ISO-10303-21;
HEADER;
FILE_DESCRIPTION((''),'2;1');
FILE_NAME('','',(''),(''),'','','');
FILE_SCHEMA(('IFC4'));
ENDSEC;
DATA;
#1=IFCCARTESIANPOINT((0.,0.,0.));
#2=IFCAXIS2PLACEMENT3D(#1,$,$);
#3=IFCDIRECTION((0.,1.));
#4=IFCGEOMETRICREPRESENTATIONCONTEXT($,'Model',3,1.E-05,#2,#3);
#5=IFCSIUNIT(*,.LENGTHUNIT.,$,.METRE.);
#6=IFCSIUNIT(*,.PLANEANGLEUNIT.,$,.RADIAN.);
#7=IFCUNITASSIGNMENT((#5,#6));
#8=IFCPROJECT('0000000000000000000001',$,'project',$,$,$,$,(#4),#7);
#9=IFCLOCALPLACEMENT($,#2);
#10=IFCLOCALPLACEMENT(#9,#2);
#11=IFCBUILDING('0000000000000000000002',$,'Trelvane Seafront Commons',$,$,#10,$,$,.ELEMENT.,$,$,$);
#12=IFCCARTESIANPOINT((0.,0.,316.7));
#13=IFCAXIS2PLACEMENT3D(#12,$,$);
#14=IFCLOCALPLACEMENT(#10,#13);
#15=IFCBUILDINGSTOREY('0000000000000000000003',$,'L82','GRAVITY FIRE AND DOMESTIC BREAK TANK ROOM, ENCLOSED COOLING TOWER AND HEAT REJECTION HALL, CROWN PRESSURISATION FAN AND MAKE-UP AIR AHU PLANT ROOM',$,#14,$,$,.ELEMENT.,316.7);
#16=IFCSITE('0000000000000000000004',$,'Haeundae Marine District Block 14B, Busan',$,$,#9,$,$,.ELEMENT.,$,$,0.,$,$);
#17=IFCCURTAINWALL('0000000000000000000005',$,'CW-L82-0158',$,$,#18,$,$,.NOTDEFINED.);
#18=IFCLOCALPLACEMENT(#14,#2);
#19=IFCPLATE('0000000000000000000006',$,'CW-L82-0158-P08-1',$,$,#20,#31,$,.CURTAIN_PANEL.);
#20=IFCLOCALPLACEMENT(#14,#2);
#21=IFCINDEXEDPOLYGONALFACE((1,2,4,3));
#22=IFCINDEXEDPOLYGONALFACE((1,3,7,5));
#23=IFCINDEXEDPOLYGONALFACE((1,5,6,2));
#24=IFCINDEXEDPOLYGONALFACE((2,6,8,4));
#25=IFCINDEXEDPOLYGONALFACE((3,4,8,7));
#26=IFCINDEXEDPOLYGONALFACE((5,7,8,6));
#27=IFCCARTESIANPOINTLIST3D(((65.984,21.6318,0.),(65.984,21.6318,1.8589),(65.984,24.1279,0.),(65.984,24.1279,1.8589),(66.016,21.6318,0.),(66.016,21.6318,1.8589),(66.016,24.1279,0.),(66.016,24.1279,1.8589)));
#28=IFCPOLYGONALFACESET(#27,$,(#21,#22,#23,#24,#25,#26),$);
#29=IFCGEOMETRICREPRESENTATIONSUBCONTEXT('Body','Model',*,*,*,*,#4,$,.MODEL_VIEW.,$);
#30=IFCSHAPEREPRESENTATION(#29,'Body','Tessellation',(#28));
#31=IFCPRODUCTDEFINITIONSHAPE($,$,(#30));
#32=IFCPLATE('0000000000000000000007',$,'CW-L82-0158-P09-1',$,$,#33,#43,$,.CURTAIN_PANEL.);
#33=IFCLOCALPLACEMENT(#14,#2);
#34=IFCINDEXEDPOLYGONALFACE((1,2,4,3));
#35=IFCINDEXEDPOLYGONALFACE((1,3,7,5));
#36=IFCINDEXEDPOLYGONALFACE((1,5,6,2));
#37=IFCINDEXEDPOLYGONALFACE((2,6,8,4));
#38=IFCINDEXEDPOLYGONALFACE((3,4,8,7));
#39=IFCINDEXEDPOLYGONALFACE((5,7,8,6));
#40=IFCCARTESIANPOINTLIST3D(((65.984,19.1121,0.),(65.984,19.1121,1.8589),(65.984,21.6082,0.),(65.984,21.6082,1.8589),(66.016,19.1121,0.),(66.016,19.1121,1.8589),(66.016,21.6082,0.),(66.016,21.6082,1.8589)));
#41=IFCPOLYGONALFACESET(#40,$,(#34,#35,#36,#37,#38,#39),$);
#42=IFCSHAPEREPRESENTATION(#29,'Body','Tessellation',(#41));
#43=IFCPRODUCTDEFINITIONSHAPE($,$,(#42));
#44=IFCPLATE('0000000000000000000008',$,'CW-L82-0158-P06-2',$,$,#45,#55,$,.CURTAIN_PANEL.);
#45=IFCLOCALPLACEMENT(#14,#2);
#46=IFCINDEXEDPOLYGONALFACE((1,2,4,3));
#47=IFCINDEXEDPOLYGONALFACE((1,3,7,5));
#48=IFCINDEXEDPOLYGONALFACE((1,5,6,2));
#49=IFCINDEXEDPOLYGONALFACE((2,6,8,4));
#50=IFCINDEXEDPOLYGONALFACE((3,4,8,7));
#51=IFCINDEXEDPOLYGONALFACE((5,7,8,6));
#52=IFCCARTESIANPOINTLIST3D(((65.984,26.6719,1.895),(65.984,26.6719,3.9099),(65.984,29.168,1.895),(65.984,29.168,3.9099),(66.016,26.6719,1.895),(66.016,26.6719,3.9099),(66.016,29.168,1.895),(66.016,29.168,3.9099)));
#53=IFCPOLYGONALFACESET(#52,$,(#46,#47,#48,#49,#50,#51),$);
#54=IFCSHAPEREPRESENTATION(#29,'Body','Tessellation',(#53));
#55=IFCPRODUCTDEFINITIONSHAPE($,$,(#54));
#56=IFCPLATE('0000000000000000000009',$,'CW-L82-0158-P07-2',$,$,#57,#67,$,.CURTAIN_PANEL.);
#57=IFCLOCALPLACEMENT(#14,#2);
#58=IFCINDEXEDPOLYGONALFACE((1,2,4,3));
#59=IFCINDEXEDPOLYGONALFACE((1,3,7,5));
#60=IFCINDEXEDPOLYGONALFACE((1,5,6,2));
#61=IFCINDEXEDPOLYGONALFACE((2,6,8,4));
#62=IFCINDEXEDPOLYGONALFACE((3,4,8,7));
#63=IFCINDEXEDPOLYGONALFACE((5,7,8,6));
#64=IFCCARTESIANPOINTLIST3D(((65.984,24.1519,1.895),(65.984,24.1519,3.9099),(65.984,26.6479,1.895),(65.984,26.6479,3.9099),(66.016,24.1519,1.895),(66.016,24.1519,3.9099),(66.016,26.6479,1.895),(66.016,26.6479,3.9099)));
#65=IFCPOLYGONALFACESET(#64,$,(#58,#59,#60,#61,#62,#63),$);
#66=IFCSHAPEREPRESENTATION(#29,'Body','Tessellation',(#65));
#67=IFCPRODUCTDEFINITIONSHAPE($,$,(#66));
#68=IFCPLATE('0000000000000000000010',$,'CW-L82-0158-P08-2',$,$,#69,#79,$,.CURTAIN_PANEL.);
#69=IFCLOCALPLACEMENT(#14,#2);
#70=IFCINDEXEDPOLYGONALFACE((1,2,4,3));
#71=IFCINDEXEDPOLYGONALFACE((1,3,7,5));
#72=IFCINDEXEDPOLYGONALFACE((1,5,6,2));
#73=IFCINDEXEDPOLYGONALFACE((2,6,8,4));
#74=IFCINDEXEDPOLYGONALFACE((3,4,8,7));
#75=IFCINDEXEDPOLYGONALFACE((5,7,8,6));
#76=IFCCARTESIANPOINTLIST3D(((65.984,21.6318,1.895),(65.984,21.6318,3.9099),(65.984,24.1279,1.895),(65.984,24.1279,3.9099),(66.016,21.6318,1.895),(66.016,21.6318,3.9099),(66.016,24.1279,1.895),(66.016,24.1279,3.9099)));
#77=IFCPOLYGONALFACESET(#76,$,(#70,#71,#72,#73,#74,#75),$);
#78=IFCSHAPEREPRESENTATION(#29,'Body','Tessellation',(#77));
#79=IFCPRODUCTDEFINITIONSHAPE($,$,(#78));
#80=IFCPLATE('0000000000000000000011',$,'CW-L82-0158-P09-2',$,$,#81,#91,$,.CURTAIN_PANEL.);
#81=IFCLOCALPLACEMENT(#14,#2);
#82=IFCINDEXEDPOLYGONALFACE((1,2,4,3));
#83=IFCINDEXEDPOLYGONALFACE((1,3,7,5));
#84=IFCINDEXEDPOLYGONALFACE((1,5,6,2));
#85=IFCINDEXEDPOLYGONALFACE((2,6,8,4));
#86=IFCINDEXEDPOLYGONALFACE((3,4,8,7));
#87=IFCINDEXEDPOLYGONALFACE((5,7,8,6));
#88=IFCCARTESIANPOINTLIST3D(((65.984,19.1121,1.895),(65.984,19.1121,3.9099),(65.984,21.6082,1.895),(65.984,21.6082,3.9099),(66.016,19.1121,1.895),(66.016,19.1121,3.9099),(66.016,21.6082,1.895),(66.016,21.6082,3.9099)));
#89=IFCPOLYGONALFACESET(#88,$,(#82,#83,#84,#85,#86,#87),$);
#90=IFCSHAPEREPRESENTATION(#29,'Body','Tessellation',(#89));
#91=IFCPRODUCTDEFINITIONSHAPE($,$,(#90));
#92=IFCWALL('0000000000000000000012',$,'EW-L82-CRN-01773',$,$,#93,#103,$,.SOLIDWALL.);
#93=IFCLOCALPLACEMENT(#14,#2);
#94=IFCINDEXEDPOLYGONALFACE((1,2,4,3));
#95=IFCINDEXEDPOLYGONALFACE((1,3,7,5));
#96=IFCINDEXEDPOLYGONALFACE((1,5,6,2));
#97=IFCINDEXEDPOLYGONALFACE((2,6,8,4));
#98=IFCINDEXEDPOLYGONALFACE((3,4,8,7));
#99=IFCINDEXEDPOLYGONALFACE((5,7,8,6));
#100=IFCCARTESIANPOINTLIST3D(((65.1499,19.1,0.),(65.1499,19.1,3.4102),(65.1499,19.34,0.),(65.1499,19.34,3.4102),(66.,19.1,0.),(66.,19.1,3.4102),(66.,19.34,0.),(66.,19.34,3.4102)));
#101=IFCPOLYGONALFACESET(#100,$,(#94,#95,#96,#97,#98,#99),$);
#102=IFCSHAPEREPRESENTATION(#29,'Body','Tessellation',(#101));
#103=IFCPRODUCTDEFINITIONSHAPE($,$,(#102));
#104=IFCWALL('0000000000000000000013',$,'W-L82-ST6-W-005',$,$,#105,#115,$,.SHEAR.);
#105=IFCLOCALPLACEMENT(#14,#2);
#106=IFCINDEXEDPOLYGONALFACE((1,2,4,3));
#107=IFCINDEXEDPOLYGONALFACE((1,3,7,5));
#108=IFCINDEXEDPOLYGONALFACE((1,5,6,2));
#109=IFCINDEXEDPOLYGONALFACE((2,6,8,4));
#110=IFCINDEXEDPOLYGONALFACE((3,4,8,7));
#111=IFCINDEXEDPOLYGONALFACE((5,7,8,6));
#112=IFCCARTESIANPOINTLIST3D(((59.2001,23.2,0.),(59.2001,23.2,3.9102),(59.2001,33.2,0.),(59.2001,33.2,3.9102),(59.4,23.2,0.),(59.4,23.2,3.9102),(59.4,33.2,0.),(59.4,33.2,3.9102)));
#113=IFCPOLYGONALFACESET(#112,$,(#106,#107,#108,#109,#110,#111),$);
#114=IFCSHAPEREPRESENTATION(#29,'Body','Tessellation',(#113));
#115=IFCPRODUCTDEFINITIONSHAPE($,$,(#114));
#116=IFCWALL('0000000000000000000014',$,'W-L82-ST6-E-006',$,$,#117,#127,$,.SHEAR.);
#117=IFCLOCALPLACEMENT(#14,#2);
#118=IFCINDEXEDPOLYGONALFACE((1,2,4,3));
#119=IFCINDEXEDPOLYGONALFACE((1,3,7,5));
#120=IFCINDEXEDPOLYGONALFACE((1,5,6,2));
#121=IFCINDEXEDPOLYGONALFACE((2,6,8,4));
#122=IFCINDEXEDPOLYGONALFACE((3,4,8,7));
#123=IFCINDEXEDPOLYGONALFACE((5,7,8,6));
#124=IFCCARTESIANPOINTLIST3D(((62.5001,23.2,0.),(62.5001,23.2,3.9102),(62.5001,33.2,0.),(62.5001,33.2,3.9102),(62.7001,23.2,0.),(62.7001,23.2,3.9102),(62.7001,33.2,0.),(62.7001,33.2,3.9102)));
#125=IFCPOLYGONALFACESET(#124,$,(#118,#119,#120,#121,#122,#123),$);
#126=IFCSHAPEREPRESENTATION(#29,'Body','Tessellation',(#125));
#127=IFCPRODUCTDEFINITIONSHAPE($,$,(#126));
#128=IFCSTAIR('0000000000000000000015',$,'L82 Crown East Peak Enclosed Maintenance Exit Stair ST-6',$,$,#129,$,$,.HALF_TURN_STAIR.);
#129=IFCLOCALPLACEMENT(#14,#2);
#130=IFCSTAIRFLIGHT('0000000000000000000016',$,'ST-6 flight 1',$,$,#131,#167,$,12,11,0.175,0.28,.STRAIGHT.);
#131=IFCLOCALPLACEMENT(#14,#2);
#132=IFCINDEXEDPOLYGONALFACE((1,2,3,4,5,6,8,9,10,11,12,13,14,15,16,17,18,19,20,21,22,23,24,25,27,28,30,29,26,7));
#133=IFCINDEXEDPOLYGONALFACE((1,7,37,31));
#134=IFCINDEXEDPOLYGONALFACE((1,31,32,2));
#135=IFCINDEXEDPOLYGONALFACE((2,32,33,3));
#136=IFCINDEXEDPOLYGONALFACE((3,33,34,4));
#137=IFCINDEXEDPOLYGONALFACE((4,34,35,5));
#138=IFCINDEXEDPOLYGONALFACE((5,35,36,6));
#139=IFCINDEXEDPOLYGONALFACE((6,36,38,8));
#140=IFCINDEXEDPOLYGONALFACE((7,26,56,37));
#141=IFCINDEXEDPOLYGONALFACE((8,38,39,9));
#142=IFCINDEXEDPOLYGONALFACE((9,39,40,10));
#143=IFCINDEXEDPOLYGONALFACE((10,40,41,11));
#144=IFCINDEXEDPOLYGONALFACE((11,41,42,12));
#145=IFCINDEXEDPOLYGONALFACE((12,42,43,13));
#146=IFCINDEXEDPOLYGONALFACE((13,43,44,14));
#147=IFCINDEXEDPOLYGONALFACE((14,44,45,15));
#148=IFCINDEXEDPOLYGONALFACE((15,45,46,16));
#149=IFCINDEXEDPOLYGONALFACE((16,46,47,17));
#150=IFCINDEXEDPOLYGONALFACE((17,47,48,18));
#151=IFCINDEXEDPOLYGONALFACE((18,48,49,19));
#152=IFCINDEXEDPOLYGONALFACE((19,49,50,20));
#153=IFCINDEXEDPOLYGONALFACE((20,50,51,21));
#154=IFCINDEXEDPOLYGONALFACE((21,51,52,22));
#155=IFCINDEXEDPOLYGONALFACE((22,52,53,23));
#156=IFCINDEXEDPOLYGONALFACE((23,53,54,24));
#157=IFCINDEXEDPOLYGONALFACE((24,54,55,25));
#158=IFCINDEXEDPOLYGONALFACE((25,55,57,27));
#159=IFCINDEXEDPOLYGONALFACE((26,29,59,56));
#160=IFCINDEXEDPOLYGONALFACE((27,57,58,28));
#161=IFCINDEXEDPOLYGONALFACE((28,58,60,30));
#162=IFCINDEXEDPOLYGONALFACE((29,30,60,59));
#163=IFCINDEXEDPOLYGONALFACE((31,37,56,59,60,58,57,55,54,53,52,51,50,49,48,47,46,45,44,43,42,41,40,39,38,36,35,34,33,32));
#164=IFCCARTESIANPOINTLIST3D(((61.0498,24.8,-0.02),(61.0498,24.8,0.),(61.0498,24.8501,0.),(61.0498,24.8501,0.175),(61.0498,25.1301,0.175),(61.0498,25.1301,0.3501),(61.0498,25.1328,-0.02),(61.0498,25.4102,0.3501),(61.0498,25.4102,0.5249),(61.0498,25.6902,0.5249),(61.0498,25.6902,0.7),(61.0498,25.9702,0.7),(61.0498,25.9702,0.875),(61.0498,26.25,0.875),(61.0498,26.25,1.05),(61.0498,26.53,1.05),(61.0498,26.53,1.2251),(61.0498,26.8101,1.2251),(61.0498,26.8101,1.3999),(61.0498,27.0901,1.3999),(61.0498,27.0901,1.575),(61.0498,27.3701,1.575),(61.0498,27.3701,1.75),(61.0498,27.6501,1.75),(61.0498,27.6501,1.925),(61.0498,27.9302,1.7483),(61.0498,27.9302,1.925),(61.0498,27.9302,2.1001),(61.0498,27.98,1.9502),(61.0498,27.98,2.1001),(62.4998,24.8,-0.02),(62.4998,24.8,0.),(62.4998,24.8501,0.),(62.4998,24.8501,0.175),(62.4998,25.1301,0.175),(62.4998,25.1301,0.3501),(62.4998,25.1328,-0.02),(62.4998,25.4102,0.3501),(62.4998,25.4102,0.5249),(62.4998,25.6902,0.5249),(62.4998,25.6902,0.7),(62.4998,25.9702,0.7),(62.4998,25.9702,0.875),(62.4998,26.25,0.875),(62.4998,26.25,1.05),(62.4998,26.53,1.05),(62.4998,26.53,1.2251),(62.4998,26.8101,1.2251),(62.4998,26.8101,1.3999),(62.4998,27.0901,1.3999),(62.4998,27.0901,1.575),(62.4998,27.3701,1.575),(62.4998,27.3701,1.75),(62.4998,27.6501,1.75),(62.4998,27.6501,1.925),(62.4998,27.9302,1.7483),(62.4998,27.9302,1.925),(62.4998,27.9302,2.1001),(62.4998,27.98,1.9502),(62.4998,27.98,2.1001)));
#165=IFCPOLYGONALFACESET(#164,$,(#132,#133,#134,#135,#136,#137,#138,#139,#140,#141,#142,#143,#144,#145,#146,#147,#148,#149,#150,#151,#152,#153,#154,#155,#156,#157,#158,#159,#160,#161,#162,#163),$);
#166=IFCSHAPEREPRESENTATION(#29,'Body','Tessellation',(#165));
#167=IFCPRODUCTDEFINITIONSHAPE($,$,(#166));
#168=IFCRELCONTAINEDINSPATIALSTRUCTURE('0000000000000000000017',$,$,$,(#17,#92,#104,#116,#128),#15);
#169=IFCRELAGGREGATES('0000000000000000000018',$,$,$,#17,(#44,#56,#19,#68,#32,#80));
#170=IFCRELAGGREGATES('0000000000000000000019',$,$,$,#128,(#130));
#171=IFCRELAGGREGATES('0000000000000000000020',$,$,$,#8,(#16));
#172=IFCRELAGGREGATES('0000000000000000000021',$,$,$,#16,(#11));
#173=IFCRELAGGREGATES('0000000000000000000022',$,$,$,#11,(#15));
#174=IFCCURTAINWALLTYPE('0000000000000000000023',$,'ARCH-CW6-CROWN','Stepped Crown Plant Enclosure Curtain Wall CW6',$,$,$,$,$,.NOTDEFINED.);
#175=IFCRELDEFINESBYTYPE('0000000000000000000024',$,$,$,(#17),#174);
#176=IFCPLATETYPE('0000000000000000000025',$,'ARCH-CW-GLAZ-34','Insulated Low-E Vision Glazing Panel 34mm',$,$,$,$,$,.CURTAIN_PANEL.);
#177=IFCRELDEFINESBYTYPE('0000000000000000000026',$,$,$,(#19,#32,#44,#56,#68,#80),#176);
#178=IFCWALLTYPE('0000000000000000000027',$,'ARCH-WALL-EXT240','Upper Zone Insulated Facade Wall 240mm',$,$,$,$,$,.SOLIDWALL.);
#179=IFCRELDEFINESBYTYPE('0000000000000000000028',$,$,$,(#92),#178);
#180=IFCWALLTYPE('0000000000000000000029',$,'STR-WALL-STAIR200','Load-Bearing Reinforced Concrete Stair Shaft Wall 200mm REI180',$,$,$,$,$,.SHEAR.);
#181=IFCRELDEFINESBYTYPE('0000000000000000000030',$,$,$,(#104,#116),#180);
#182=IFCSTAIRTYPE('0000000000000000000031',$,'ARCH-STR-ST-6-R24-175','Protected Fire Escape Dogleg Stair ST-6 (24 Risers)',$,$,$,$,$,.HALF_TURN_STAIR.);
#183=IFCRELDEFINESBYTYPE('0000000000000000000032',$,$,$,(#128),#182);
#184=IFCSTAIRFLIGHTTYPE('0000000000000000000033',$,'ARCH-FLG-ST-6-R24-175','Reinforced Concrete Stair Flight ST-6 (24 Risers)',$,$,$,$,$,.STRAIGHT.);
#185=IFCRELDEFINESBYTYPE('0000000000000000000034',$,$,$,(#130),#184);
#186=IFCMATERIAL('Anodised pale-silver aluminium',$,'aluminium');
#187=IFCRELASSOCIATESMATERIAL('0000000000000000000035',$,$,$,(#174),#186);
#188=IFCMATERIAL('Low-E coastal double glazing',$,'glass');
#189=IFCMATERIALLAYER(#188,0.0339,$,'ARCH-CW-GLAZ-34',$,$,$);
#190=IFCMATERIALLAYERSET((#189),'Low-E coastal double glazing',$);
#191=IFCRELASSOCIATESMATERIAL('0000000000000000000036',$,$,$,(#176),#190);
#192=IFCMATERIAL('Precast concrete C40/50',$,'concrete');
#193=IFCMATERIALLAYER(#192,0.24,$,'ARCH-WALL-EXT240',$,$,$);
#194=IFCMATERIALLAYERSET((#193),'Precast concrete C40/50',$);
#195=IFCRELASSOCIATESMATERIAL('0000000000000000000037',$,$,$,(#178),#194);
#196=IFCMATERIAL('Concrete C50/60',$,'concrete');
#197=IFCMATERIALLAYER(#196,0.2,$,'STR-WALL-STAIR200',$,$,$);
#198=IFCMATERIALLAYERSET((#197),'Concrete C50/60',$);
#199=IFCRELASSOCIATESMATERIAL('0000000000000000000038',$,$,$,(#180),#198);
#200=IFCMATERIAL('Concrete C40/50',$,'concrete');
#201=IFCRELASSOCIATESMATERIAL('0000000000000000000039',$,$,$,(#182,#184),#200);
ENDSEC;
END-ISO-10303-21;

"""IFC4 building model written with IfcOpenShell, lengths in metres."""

from ifc_helpers import new_model, si_unit, direction, frame, frame_2d, origin, origin_2d, place, context, subcontext, project, spatial, polyline, rectangle, outline, extrude, source, transform, mapped, material, layer, layer_set, type_object, element, aggregate, save


model = new_model("IFC4")

# Units and contexts
model_context = context("Model", 3, precision=1e-05, world=origin(), true_north=direction((0.0, 1.0)))
body_context = subcontext(model_context, "Body", "Model", "MODEL_VIEW")
ifc_project = project(units=[si_unit("LENGTHUNIT", "METRE"), si_unit("PLANEANGLEUNIT", "RADIAN")], contexts=[model_context])

# Site, building, storey
site_placement = place(None, origin())
site = spatial("IfcSite", under=ifc_project, at=site_placement, Name="Haeundae Marine District Block 14B, Busan", CompositionType="ELEMENT", RefElevation=0.0)
building_placement = place(site_placement, origin())
building = spatial("IfcBuilding", under=site, at=building_placement, Name="Trelvane Seafront Commons", CompositionType="ELEMENT")
storey_placement = place(building_placement, frame((0.0, 0.0, 316.7)))
storey = spatial("IfcBuildingStorey", under=building, at=storey_placement, Name="L82", Description="GRAVITY FIRE AND DOMESTIC BREAK TANK ROOM, ENCLOSED COOLING TOWER AND HEAT REJECTION HALL, CROWN PRESSURISATION FAN AND MAKE-UP AIR AHU PLANT ROOM", CompositionType="ELEMENT", Elevation=316.7)

# Curtain wall, plates
ifc_material_1 = material(Name="Anodised pale-silver aluminium", Category="aluminium")
curtain_wall_type = type_object("IfcCurtainWallType", Name="ARCH-CW6-CROWN", Description="Stepped Crown Plant Enclosure Curtain Wall CW6", PredefinedType="NOTDEFINED", material=ifc_material_1)
curtain_wall_placement = place(storey_placement, origin())
curtain_wall = element("IfcCurtainWall", 1, at=curtain_wall_placement, inside=storey, type_object=curtain_wall_type, Name="CW-L82-0158", PredefinedType="NOTDEFINED")
ifc_material_2 = material(Name="Low-E coastal double glazing", Category="glass")
ifc_layer_1 = layer(ifc_material_2, 0.0339, Name="ARCH-CW-GLAZ-34")
ifc_layer_set_1 = layer_set([ifc_layer_1], Name="Low-E coastal double glazing")
plate_type = type_object("IfcPlateType", Name="ARCH-CW-GLAZ-34", Description="Insulated Low-E Vision Glazing Panel 34mm", PredefinedType="CURTAIN_PANEL", material=ifc_layer_set_1)
shared_shape_1 = source(origin(), body_context, "Body", "SweptSolid", [
    extrude(rectangle(XDim=2.4961, YDim=0.032, at=origin_2d()), origin(), (0.0, 0.0, 1.0), 1.8589),
])
plate_1_placement = place(storey_placement, frame((66.0, 22.8799, 0.0), z_axis=(0.0, 0.0, 1.0), x_axis=(0.0, -1.0, 0.0)))
plate_1 = element("IfcPlate", 2, at=plate_1_placement, type_object=plate_type, Name="CW-L82-0158-P08-1", PredefinedType="CURTAIN_PANEL", context=body_context, shape_type="MappedRepresentation", body=[
    mapped(shared_shape_1, transform((0.0, 0.0, 0.0), x_axis=(1.0, 0.0, 0.0), y_axis=(0.0, 1.0, 0.0), z_axis=(0.0, 0.0, 1.0), scale=1.0)),
])
plate_2_placement = place(storey_placement, frame((66.0, 20.3601, 0.0), z_axis=(0.0, 0.0, 1.0), x_axis=(0.0, -1.0, 0.0)))
plate_2 = element("IfcPlate", 3, at=plate_2_placement, type_object=plate_type, Name="CW-L82-0158-P09-1", PredefinedType="CURTAIN_PANEL", context=body_context, shape_type="MappedRepresentation", body=[
    mapped(shared_shape_1, transform((0.0, 0.0, 0.0), x_axis=(1.0, 0.0, 0.0), y_axis=(0.0, 1.0, 0.0), z_axis=(0.0, 0.0, 1.0), scale=1.0)),
])
shared_shape_2 = source(origin(), body_context, "Body", "SweptSolid", [
    extrude(rectangle(XDim=2.4961, YDim=0.032, at=origin_2d()), origin(), (0.0, 0.0, 1.0), 2.0149),
])
plate_3_placement = place(storey_placement, frame((66.0, 27.9199, 1.895), z_axis=(0.0, 0.0, 1.0), x_axis=(0.0, -1.0, 0.0)))
plate_3 = element("IfcPlate", 4, at=plate_3_placement, type_object=plate_type, Name="CW-L82-0158-P06-2", PredefinedType="CURTAIN_PANEL", context=body_context, shape_type="MappedRepresentation", body=[
    mapped(shared_shape_2, transform((0.0, 0.0, 0.0), x_axis=(1.0, 0.0, 0.0), y_axis=(0.0, 1.0, 0.0), z_axis=(0.0, 0.0, 1.0), scale=1.0)),
])
plate_4_placement = place(storey_placement, frame((66.0, 25.3999, 1.895), z_axis=(0.0, 0.0, 1.0), x_axis=(0.0, -1.0, 0.0)))
plate_4 = element("IfcPlate", 5, at=plate_4_placement, type_object=plate_type, Name="CW-L82-0158-P07-2", PredefinedType="CURTAIN_PANEL", context=body_context, shape_type="MappedRepresentation", body=[
    mapped(shared_shape_2, transform((0.0, 0.0, 0.0), x_axis=(1.0, 0.0, 0.0), y_axis=(0.0, 1.0, 0.0), z_axis=(0.0, 0.0, 1.0), scale=1.0)),
])
plate_5_placement = place(storey_placement, frame((66.0, 22.8799, 1.895), z_axis=(0.0, 0.0, 1.0), x_axis=(0.0, -1.0, 0.0)))
plate_5 = element("IfcPlate", 6, at=plate_5_placement, type_object=plate_type, Name="CW-L82-0158-P08-2", PredefinedType="CURTAIN_PANEL", context=body_context, shape_type="MappedRepresentation", body=[
    mapped(shared_shape_2, transform((0.0, 0.0, 0.0), x_axis=(1.0, 0.0, 0.0), y_axis=(0.0, 1.0, 0.0), z_axis=(0.0, 0.0, 1.0), scale=1.0)),
])
plate_6_placement = place(storey_placement, frame((66.0, 20.3601, 1.895), z_axis=(0.0, 0.0, 1.0), x_axis=(0.0, -1.0, 0.0)))
plate_6 = element("IfcPlate", 7, at=plate_6_placement, type_object=plate_type, Name="CW-L82-0158-P09-2", PredefinedType="CURTAIN_PANEL", context=body_context, shape_type="MappedRepresentation", body=[
    mapped(shared_shape_2, transform((0.0, 0.0, 0.0), x_axis=(1.0, 0.0, 0.0), y_axis=(0.0, 1.0, 0.0), z_axis=(0.0, 0.0, 1.0), scale=1.0)),
])
aggregate(curtain_wall, [plate_3, plate_4, plate_1, plate_5, plate_2, plate_6])

# Wall
ifc_material_3 = material(Name="Precast concrete C40/50", Category="concrete")
ifc_layer_2 = layer(ifc_material_3, 0.24, Name="ARCH-WALL-EXT240")
ifc_layer_set_2 = layer_set([ifc_layer_2], Name="Precast concrete C40/50")
wall_type_1 = type_object("IfcWallType", Name="ARCH-WALL-EXT240", Description="Upper Zone Insulated Facade Wall 240mm", PredefinedType="SOLIDWALL", material=ifc_layer_set_2)
wall_1_placement = place(storey_placement, frame((66.0, 19.22, 0.0), z_axis=(0.0, 0.0, 1.0), x_axis=(-1.0, 0.0, 0.0)))
element("IfcWall", 8, at=wall_1_placement, inside=storey, type_object=wall_type_1, Name="EW-L82-CRN-01773", PredefinedType="SOLIDWALL", context=body_context, shape_type="SweptSolid", body=[
    extrude(rectangle(XDim=0.8501, YDim=0.24, at=frame_2d((0.425, 0.0))), origin(), (0.0, 0.0, 1.0), 3.4102),
])

# Shared definitions
ifc_material_4 = material(Name="Concrete C40/50", Category="concrete")

# Walls
ifc_material_5 = material(Name="Concrete C50/60", Category="concrete")
ifc_layer_3 = layer(ifc_material_5, 0.2, Name="STR-WALL-STAIR200")
ifc_layer_set_3 = layer_set([ifc_layer_3], Name="Concrete C50/60")
wall_type_2 = type_object("IfcWallType", Name="STR-WALL-STAIR200", Description="Load-Bearing Reinforced Concrete Stair Shaft Wall 200mm REI180", PredefinedType="SHEAR", material=ifc_layer_set_3)
for number, where, z_axis, x_axis, name in (
    (9, (59.3, 23.2, 0.0), (0.0, 0.0, 1.0), (0.0, 1.0, 0.0), "W-L82-ST6-W-005"),
    (10, (62.6001, 23.2, 0.0), (0.0, 0.0, 1.0), (0.0, 1.0, 0.0), "W-L82-ST6-E-006"),
):
    element("IfcWall", number, at=place(storey_placement, frame(where, z_axis=z_axis, x_axis=x_axis)), inside=storey, type_object=wall_type_2, Name=name, PredefinedType="SHEAR", context=body_context, shape_type="SweptSolid", body=[
        extrude(rectangle(XDim=10.0, YDim=0.2, at=frame_2d((5.0, 0.0))), origin(), (0.0, 0.0, 1.0), 3.9102),
    ])

# Stair, stair flight
stair_type = type_object("IfcStairType", Name="ARCH-STR-ST-6-R24-175", Description="Protected Fire Escape Dogleg Stair ST-6 (24 Risers)", PredefinedType="HALF_TURN_STAIR", material=ifc_material_4)
stair_placement = place(storey_placement, origin())
stair = element("IfcStair", 11, at=stair_placement, inside=storey, type_object=stair_type, Name="L82 Crown East Peak Enclosed Maintenance Exit Stair ST-6", PredefinedType="HALF_TURN_STAIR")
stair_flight_type = type_object("IfcStairFlightType", Name="ARCH-FLG-ST-6-R24-175", Description="Reinforced Concrete Stair Flight ST-6 (24 Risers)", PredefinedType="STRAIGHT", material=ifc_material_4)
shared_shape_3 = source(origin(), body_context, "Body", "SweptSolid", [
    extrude(outline(polyline([(-0.05, -0.02), (-0.05, 0.0), (0.0, 0.0), (0.0, 0.175), (0.28, 0.175), (0.28, 0.3501), (0.5601, 0.3501), (0.5601, 0.5249), (0.8401, 0.5249), (0.8401, 0.7), (1.1201, 0.7), (1.1201, 0.875), (1.3999, 0.875), (1.3999, 1.05), (1.6799, 1.05), (1.6799, 1.2251), (1.96, 1.2251), (1.96, 1.3999), (2.24, 1.3999), (2.24, 1.575), (2.52, 1.575), (2.52, 1.75), (2.8, 1.75), (2.8, 1.925), (3.0801, 1.925), (3.0801, 2.1001), (3.1299, 2.1001), (3.1299, 1.9502), (3.0801, 1.7483), (0.2827, -0.02), (-0.05, -0.02)])), frame((0.0, 0.7251, 0.0), z_axis=(0.0, -1.0, 0.0), x_axis=(1.0, 0.0, 0.0)), (0.0, 0.0, 1.0), 1.45),
])
stair_flight_1_placement = place(storey_placement, frame((61.7749, 24.8501, 0.0), z_axis=(0.0, 0.0, 1.0), x_axis=(0.0, 1.0, 0.0)))
stair_flight_1 = element("IfcStairFlight", 12, at=stair_flight_1_placement, type_object=stair_flight_type, Name="ST-6 flight 1", NumberOfRisers=12, NumberOfTreads=11, PredefinedType="STRAIGHT", RiserHeight=0.175, TreadLength=0.28, context=body_context, shape_type="MappedRepresentation", body=[
    mapped(shared_shape_3, transform((0.0, 0.0, 0.0), x_axis=(1.0, 0.0, 0.0), y_axis=(0.0, 1.0, 0.0), z_axis=(0.0, 0.0, 1.0), scale=1.0)),
])
aggregate(stair, [stair_flight_1])

save(model, "model.ifc")
